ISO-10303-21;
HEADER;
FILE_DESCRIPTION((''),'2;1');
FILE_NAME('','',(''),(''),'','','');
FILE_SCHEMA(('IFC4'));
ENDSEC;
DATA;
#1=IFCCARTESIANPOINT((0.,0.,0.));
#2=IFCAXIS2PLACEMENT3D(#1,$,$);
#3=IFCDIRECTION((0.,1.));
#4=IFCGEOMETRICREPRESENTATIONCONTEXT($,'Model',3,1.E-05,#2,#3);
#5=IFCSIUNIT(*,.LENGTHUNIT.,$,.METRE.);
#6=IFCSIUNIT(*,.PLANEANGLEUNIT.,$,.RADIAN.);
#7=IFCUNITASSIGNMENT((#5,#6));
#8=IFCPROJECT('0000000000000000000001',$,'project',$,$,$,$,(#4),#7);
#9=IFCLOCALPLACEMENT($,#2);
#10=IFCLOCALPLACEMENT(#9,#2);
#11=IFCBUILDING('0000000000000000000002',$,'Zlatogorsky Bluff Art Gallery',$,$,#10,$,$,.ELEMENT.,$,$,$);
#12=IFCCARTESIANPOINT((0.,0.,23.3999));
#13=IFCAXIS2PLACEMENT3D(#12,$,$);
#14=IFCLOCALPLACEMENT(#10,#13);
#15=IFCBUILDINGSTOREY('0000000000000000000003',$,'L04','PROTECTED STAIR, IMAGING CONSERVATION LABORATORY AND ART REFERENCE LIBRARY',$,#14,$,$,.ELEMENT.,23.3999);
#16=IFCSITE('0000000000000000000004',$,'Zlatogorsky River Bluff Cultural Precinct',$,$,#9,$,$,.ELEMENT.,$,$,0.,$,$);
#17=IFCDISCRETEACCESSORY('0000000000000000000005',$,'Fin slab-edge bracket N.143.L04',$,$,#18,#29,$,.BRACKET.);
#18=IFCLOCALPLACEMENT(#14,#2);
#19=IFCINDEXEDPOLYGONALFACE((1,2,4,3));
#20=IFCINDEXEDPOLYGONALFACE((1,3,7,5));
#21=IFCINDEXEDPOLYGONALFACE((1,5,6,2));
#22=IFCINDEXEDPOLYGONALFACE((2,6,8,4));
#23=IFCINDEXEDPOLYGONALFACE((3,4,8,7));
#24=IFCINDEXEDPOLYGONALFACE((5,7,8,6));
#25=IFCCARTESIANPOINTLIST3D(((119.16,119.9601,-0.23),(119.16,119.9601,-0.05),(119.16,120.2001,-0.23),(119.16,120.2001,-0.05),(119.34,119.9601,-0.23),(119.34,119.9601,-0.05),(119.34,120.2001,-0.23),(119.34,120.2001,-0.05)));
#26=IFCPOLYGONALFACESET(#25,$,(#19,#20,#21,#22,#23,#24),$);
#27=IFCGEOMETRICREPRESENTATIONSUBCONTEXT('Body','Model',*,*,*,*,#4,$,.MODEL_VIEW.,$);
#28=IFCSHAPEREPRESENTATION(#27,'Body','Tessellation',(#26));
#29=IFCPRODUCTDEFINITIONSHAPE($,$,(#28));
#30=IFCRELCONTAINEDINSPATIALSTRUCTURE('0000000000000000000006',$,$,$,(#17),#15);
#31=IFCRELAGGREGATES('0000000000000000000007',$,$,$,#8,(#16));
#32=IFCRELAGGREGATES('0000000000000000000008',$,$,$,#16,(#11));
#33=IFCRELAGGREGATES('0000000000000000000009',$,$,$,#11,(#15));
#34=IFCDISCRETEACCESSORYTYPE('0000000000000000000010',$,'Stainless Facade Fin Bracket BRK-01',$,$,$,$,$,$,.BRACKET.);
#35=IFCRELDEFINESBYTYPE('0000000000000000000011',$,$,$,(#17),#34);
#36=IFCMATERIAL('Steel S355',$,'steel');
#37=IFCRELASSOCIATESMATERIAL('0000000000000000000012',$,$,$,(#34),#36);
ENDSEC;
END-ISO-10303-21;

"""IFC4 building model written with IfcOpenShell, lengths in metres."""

from ifc_helpers import new_model, si_unit, direction, frame, origin, origin_2d, place, context, subcontext, project, spatial, rectangle, extrude, material, type_object, element, save


model = new_model("IFC4")

# Units and contexts
model_context = context("Model", 3, precision=1e-05, world=origin(), true_north=direction((0.0, 1.0)))
body_context = subcontext(model_context, "Body", "Model", "MODEL_VIEW")
ifc_project = project(units=[si_unit("LENGTHUNIT", "METRE"), si_unit("PLANEANGLEUNIT", "RADIAN")], contexts=[model_context])

# Site, building, storey
site_placement = place(None, origin())
site = spatial("IfcSite", under=ifc_project, at=site_placement, Name="Zlatogorsky River Bluff Cultural Precinct", CompositionType="ELEMENT", RefElevation=0.0)
building_placement = place(site_placement, origin())
building = spatial("IfcBuilding", under=site, at=building_placement, Name="Zlatogorsky Bluff Art Gallery", CompositionType="ELEMENT")
storey_placement = place(building_placement, frame((0.0, 0.0, 23.3999)))
storey = spatial("IfcBuildingStorey", under=building, at=storey_placement, Name="L04", Description="PROTECTED STAIR, IMAGING CONSERVATION LABORATORY AND ART REFERENCE LIBRARY", CompositionType="ELEMENT", Elevation=23.3999)

# Shared definitions
ifc_material_1 = material(Name="Steel S355", Category="steel")

# Discrete accessory
discrete_accessory_type = type_object("IfcDiscreteAccessoryType", Name="Stainless Facade Fin Bracket BRK-01", PredefinedType="BRACKET", material=ifc_material_1)
for number, where, z_axis, x_axis, name in (
    (1, (119.25, 120.0801, -0.23), (0.0, 0.0, 1.0), (1.0, 0.0, 0.0), "Fin slab-edge bracket N.143.L04"),
):
    element("IfcDiscreteAccessory", number, at=place(storey_placement, frame(where, z_axis=z_axis, x_axis=x_axis)), inside=storey, type_object=discrete_accessory_type, Name=name, PredefinedType="BRACKET", context=body_context, shape_type="SweptSolid", body=[
        extrude(rectangle(XDim=0.1799, YDim=0.24, at=origin_2d()), origin(), (0.0, 0.0, 1.0), 0.1799),
    ])

save(model, "model.ifc")
